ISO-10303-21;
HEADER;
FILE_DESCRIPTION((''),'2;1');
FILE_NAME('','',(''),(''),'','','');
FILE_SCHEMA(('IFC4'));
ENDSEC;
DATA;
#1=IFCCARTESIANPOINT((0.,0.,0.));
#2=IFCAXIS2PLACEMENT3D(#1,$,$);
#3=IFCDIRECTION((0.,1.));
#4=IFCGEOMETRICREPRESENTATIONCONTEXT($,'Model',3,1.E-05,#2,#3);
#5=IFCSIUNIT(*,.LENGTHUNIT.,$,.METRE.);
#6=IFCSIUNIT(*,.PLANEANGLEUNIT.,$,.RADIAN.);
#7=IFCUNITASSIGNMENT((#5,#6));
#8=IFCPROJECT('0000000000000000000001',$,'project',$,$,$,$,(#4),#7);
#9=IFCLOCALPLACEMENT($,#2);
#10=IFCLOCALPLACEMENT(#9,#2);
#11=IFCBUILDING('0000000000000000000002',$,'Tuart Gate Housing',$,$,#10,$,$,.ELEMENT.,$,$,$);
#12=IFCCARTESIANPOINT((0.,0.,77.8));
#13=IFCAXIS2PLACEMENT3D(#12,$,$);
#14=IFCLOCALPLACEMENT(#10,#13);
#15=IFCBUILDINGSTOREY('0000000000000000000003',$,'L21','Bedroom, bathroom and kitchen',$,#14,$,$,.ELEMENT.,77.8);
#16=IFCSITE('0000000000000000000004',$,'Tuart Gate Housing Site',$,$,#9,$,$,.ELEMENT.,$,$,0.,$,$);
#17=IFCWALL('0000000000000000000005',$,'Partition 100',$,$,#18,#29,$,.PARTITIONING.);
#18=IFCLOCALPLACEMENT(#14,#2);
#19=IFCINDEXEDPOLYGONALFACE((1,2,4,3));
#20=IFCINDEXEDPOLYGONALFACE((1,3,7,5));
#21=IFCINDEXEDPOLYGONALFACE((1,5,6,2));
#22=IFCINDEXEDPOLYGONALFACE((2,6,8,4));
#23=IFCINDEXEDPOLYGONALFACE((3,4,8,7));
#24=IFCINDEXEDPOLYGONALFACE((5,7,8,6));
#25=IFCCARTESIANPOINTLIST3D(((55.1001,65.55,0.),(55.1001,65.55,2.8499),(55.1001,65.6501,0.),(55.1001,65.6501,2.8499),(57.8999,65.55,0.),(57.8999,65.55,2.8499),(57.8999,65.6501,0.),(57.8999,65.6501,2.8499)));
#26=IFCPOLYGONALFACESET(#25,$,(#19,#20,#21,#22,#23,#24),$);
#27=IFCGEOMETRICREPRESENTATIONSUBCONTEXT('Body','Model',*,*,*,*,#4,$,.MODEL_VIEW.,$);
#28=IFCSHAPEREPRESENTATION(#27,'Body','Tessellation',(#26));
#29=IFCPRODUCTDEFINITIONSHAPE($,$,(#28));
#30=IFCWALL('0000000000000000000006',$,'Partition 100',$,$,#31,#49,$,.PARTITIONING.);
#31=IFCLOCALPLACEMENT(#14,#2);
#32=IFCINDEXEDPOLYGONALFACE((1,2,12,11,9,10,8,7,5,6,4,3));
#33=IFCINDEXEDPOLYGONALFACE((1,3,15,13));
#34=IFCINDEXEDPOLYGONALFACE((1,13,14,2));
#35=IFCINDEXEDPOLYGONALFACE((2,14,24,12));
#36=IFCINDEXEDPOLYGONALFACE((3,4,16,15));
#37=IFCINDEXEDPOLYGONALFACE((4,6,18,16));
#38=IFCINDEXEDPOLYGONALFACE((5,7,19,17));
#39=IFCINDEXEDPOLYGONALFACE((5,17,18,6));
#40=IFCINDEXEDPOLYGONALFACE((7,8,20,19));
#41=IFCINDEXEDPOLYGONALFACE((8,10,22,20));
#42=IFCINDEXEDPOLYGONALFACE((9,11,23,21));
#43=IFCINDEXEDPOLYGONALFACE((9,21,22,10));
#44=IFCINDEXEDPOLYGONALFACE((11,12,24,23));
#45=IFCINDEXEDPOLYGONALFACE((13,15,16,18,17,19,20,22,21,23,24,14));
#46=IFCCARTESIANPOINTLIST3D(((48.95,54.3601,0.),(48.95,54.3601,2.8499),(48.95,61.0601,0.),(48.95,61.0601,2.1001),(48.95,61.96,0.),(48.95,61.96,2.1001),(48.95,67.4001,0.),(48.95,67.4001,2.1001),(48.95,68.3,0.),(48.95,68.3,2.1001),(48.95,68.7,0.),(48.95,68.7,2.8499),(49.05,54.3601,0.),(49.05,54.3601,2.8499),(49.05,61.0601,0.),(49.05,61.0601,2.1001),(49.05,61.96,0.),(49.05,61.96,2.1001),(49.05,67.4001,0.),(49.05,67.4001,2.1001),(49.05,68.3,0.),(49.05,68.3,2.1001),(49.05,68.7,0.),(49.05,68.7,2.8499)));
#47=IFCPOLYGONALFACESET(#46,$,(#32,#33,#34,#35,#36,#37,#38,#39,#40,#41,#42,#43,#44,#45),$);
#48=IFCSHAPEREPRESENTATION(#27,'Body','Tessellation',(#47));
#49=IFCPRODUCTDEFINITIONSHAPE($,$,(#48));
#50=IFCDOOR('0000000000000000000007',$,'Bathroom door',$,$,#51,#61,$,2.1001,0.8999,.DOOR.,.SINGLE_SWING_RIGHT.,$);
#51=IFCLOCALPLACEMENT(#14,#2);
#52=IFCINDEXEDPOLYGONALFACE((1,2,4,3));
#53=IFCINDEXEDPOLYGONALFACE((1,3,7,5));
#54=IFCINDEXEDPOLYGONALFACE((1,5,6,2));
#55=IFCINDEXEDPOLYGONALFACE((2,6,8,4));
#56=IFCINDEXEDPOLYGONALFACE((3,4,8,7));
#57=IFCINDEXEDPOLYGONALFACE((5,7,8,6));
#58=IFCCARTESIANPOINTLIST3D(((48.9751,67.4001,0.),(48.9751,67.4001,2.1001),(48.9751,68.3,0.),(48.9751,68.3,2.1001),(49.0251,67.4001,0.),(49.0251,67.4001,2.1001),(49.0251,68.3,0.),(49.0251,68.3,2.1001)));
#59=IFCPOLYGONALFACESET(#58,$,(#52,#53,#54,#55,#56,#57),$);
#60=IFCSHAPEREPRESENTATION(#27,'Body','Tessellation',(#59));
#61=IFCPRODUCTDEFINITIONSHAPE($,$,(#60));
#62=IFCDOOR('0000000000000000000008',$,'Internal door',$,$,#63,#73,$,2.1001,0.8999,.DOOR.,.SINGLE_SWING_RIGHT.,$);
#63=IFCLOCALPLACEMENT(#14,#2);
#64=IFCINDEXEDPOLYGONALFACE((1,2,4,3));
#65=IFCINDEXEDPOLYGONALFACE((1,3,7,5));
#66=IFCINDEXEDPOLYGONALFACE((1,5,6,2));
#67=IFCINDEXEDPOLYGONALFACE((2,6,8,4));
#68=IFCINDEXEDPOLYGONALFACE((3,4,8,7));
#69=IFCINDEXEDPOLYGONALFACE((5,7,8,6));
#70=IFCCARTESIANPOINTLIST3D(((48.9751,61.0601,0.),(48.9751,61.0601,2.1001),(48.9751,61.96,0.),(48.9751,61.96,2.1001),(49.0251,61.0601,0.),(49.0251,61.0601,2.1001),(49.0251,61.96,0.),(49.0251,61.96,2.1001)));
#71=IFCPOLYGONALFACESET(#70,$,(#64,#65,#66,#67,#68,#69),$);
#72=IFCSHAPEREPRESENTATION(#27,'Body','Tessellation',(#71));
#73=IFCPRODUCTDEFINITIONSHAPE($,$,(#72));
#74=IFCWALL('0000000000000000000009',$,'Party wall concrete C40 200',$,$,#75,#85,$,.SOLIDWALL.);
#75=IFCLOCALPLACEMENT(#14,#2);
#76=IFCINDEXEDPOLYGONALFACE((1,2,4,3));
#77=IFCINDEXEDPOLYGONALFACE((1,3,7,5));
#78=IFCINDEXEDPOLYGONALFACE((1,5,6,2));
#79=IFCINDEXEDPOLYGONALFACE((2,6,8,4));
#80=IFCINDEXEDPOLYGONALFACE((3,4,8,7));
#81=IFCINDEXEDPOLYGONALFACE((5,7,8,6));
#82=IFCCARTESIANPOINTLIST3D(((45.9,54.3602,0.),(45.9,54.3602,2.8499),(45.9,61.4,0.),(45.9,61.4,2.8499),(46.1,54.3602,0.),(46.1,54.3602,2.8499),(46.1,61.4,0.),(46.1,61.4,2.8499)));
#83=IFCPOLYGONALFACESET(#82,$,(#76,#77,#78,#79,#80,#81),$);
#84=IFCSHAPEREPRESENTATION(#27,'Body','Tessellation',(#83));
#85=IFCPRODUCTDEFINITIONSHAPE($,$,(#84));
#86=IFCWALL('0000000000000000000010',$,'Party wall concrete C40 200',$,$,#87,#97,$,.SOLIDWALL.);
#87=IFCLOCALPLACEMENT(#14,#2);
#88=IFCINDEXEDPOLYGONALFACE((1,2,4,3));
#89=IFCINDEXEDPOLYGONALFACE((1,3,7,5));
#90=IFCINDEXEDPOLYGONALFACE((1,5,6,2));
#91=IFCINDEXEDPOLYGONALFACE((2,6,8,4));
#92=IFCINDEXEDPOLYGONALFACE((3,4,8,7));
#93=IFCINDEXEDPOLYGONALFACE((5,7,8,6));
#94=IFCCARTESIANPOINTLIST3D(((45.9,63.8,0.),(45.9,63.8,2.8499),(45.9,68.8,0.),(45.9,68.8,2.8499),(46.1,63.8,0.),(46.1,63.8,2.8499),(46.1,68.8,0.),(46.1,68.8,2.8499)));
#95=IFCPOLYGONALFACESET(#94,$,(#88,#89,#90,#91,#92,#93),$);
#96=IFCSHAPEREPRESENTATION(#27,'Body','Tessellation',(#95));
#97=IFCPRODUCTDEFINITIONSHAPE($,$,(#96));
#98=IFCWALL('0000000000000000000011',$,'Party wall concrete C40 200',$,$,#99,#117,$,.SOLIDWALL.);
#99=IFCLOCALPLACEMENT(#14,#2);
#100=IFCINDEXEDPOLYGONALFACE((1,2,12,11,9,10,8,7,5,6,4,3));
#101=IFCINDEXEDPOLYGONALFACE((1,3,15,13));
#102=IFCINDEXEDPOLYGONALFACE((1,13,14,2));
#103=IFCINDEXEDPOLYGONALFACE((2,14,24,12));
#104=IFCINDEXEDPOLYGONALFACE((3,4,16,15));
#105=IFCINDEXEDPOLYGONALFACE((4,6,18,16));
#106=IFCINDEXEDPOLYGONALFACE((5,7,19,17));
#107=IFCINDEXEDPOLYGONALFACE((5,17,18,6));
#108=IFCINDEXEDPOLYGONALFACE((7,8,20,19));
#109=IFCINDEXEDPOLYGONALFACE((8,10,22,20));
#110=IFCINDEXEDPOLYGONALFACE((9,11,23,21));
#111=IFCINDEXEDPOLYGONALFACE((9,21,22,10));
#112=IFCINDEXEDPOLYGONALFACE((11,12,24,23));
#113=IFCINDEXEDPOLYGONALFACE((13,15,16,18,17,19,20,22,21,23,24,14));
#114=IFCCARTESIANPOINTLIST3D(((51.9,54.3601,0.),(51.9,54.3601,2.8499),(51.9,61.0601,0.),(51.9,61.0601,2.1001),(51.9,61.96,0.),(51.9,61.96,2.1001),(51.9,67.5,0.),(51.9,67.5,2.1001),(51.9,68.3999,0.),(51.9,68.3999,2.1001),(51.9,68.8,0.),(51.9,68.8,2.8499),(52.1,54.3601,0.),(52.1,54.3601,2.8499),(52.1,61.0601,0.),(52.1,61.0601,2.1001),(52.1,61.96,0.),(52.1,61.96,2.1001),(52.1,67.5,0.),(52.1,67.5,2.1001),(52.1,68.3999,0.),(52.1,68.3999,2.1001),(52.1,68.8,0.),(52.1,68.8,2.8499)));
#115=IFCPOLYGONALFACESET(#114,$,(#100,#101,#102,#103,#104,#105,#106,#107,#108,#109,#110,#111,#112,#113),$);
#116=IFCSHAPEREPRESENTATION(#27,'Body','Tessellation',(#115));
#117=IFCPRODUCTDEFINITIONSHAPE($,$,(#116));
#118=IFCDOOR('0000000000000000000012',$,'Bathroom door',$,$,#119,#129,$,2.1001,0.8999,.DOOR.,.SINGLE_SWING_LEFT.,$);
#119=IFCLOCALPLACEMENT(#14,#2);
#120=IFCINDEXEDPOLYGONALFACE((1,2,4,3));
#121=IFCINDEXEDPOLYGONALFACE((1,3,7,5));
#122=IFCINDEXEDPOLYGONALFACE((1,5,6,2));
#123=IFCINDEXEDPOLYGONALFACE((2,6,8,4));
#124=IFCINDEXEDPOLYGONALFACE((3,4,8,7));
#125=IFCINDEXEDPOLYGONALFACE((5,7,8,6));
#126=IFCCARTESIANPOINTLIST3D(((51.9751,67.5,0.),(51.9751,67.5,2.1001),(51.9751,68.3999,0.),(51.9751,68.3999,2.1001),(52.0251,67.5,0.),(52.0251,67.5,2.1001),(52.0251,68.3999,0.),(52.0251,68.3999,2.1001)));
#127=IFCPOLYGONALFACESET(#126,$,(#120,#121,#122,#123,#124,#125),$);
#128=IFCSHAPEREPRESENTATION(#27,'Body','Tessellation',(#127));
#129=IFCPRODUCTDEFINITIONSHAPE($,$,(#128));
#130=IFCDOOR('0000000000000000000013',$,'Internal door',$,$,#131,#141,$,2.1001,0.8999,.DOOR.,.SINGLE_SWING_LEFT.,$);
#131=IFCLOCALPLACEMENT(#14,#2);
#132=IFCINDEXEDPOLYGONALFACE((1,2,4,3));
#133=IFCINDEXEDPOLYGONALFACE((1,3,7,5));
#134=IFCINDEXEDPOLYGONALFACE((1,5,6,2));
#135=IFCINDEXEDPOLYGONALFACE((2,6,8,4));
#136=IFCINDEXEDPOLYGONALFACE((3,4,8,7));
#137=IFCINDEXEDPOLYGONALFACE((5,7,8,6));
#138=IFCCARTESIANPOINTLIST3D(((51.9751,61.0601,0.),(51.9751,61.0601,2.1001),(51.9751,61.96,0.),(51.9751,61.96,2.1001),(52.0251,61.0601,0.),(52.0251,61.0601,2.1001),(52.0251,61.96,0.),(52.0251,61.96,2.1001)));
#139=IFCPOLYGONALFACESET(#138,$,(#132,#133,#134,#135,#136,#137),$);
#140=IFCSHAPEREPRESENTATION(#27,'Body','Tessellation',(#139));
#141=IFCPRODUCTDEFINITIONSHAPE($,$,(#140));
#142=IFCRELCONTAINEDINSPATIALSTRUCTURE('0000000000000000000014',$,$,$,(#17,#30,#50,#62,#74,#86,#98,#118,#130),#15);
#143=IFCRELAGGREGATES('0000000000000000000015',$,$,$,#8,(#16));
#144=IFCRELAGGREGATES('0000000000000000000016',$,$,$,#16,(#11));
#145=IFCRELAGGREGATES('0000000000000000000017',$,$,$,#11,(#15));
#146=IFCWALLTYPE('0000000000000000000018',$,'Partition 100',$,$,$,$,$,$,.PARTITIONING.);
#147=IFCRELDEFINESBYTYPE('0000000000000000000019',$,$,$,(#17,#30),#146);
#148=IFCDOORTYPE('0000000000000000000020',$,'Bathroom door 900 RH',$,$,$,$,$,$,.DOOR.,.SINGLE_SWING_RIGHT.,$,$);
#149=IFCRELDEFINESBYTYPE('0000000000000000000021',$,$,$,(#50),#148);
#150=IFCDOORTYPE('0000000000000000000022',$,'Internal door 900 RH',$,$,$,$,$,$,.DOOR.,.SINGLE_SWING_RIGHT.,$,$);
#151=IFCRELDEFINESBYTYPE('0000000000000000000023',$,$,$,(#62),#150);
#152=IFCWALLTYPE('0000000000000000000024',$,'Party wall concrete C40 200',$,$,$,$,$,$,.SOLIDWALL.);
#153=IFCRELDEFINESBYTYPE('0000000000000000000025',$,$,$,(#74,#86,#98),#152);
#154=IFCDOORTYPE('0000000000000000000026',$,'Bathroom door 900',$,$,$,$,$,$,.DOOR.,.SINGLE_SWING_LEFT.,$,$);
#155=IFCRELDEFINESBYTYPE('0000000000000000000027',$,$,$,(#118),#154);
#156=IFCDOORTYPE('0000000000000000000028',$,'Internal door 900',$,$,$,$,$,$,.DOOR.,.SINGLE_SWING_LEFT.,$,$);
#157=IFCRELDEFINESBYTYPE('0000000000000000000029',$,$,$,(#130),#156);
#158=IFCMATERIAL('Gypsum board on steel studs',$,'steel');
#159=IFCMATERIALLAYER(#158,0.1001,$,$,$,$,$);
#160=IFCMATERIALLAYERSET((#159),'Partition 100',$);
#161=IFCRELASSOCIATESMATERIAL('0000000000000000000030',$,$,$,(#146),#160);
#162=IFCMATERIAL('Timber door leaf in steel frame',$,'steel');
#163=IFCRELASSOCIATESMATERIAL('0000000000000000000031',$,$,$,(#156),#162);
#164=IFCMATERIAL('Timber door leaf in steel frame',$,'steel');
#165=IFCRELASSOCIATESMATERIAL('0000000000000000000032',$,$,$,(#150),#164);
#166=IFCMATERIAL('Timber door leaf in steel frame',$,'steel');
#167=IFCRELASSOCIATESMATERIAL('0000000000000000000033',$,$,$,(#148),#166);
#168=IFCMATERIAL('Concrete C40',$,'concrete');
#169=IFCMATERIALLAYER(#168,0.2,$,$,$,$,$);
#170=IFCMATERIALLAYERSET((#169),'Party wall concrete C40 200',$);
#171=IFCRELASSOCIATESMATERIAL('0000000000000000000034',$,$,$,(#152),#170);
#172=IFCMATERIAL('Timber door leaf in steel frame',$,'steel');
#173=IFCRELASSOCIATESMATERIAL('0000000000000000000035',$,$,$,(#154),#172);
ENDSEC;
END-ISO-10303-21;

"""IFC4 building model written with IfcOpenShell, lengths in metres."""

from ifc_helpers import new_model, si_unit, direction, frame, frame_2d, origin, place, context, subcontext, project, spatial, rectangle, extrude, material, layer, layer_set, type_object, element, fill, save


model = new_model("IFC4")

# Units and contexts
model_context = context("Model", 3, precision=1e-05, world=origin(), true_north=direction((0.0, 1.0)))
body_context = subcontext(model_context, "Body", "Model", "MODEL_VIEW")
ifc_project = project(units=[si_unit("LENGTHUNIT", "METRE"), si_unit("PLANEANGLEUNIT", "RADIAN")], contexts=[model_context])

# Site, building, storey
site_placement = place(None, origin())
site = spatial("IfcSite", under=ifc_project, at=site_placement, Name="Tuart Gate Housing Site", CompositionType="ELEMENT", RefElevation=0.0)
building_placement = place(site_placement, origin())
building = spatial("IfcBuilding", under=site, at=building_placement, Name="Tuart Gate Housing", CompositionType="ELEMENT")
storey_placement = place(building_placement, frame((0.0, 0.0, 77.8)))
storey = spatial("IfcBuildingStorey", under=building, at=storey_placement, Name="L21", Description="Bedroom, bathroom and kitchen", CompositionType="ELEMENT", Elevation=77.8)

# Shared definitions
ifc_material_1 = material(Name="Gypsum board on steel studs", Category="steel")
ifc_layer_1 = layer(ifc_material_1, 0.1001)
ifc_layer_set_1 = layer_set([ifc_layer_1], Name="Partition 100")
wall_type_1 = type_object("IfcWallType", Name="Partition 100", PredefinedType="PARTITIONING", material=ifc_layer_set_1)
ifc_material_2 = material(Name="Timber door leaf in steel frame", Category="steel")
door_type_1 = type_object("IfcDoorType", Name="Internal door 900", OperationType="SINGLE_SWING_LEFT", PredefinedType="DOOR", material=ifc_material_2)
ifc_material_3 = material(Name="Timber door leaf in steel frame", Category="steel")
door_type_2 = type_object("IfcDoorType", Name="Internal door 900 RH", OperationType="SINGLE_SWING_RIGHT", PredefinedType="DOOR", material=ifc_material_3)

# Wall
wall_1_placement = place(storey_placement, frame((55.1001, 65.6001, 0.0), z_axis=(0.0, 0.0, 1.0), x_axis=(1.0, 0.0, 0.0)))
element("IfcWall", 1, at=wall_1_placement, inside=storey, type_object=wall_type_1, Name="Partition 100", PredefinedType="PARTITIONING", context=body_context, shape_type="SweptSolid", body=[
    extrude(rectangle(XDim=2.7998, YDim=0.1001, at=frame_2d((1.3999, 0.0))), origin(), (0.0, 0.0, 1.0), 2.8499),
])

# Wall, openings, doors
wall_2_placement = place(storey_placement, frame((49.0, 54.3601, 0.0), z_axis=(0.0, 0.0, 1.0), x_axis=(0.0, 1.0, 0.0)))
wall_2 = element("IfcWall", 2, at=wall_2_placement, inside=storey, type_object=wall_type_1, Name="Partition 100", PredefinedType="PARTITIONING", context=body_context, shape_type="SweptSolid", body=[
    extrude(rectangle(XDim=14.3398, YDim=0.1001, at=frame_2d((7.1699, 0.0))), origin(), (0.0, 0.0, 1.0), 2.8499),
])
opening_1_placement = place(wall_2_placement, frame((6.7, 0.0, 0.0)))
opening_1 = element("IfcOpeningElement", 3, at=opening_1_placement, cuts=wall_2, PredefinedType="OPENING", context=body_context, shape_type="SweptSolid", body=[
    extrude(rectangle(XDim=0.8999, YDim=2.1001, at=frame_2d((0.45, 1.05))), frame((0.0, 0.0601, 0.0), z_axis=(0.0, -1.0, 0.0), x_axis=(1.0, 0.0, 0.0)), (0.0, 0.0, 1.0), 0.1201),
])
opening_2_placement = place(wall_2_placement, frame((13.04, 0.0, 0.0)))
opening_2 = element("IfcOpeningElement", 4, at=opening_2_placement, cuts=wall_2, PredefinedType="OPENING", context=body_context, shape_type="SweptSolid", body=[
    extrude(rectangle(XDim=0.8999, YDim=2.1001, at=frame_2d((0.45, 1.05))), frame((0.0, 0.0601, 0.0), z_axis=(0.0, -1.0, 0.0), x_axis=(1.0, 0.0, 0.0)), (0.0, 0.0, 1.0), 0.1201),
])
ifc_material_4 = material(Name="Timber door leaf in steel frame", Category="steel")
door_type_3 = type_object("IfcDoorType", Name="Bathroom door 900 RH", OperationType="SINGLE_SWING_RIGHT", PredefinedType="DOOR", material=ifc_material_4)
door_1_placement = place(opening_2_placement, origin())
door_1 = element("IfcDoor", 5, at=door_1_placement, inside=storey, type_object=door_type_3, Name="Bathroom door", OperationType="SINGLE_SWING_RIGHT", OverallHeight=2.1001, OverallWidth=0.8999, PredefinedType="DOOR", context=body_context, shape_type="SweptSolid", body=[
    extrude(rectangle(XDim=0.8999, YDim=2.1001, at=frame_2d((0.45, 1.05))), frame((0.0, 0.0249, 0.0), z_axis=(0.0, -1.0, 0.0), x_axis=(1.0, 0.0, 0.0)), (0.0, 0.0, 1.0), 0.05),
])
fill(opening_2, door_1)
door_2_placement = place(opening_1_placement, origin())
door_2 = element("IfcDoor", 6, at=door_2_placement, inside=storey, type_object=door_type_2, Name="Internal door", OperationType="SINGLE_SWING_RIGHT", OverallHeight=2.1001, OverallWidth=0.8999, PredefinedType="DOOR", context=body_context, shape_type="SweptSolid", body=[
    extrude(rectangle(XDim=0.8999, YDim=2.1001, at=frame_2d((0.45, 1.05))), frame((0.0, 0.0249, 0.0), z_axis=(0.0, -1.0, 0.0), x_axis=(1.0, 0.0, 0.0)), (0.0, 0.0, 1.0), 0.05),
])
fill(opening_1, door_2)

# Walls
ifc_material_5 = material(Name="Concrete C40", Category="concrete")
ifc_layer_2 = layer(ifc_material_5, 0.2)
ifc_layer_set_2 = layer_set([ifc_layer_2], Name="Party wall concrete C40 200")
wall_type_2 = type_object("IfcWallType", Name="Party wall concrete C40 200", PredefinedType="SOLIDWALL", material=ifc_layer_set_2)
wall_3_placement = place(storey_placement, frame((46.0, 54.3601, 0.0), z_axis=(0.0, 0.0, 1.0), x_axis=(0.0, 1.0, 0.0)))
element("IfcWall", 7, at=wall_3_placement, inside=storey, type_object=wall_type_2, Name="Party wall concrete C40 200", PredefinedType="SOLIDWALL", context=body_context, shape_type="SweptSolid", body=[
    extrude(rectangle(XDim=7.0398, YDim=0.2, at=frame_2d((3.52, 0.0))), origin(), (0.0, 0.0, 1.0), 2.8499),
])
wall_4_placement = place(storey_placement, frame((46.0, 63.8, 0.0), z_axis=(0.0, 0.0, 1.0), x_axis=(0.0, 1.0, 0.0)))
element("IfcWall", 8, at=wall_4_placement, inside=storey, type_object=wall_type_2, Name="Party wall concrete C40 200", PredefinedType="SOLIDWALL", context=body_context, shape_type="SweptSolid", body=[
    extrude(rectangle(XDim=5.0, YDim=0.2, at=frame_2d((2.5, 0.0))), origin(), (0.0, 0.0, 1.0), 2.8499),
])

# Wall, openings, doors
wall_5_placement = place(storey_placement, frame((52.0, 54.3601, 0.0), z_axis=(0.0, 0.0, 1.0), x_axis=(0.0, 1.0, 0.0)))
wall_5 = element("IfcWall", 9, at=wall_5_placement, inside=storey, type_object=wall_type_2, Name="Party wall concrete C40 200", PredefinedType="SOLIDWALL", context=body_context, shape_type="SweptSolid", body=[
    extrude(rectangle(XDim=14.4399, YDim=0.2, at=frame_2d((7.22, 0.0))), origin(), (0.0, 0.0, 1.0), 2.8499),
])
opening_3_placement = place(wall_5_placement, frame((6.7, 0.0, 0.0)))
opening_3 = element("IfcOpeningElement", 10, at=opening_3_placement, cuts=wall_5, PredefinedType="OPENING", context=body_context, shape_type="SweptSolid", body=[
    extrude(rectangle(XDim=0.8999, YDim=2.1001, at=frame_2d((0.45, 1.05))), frame((0.0, 0.1099, 0.0), z_axis=(0.0, -1.0, 0.0), x_axis=(1.0, 0.0, 0.0)), (0.0, 0.0, 1.0), 0.22),
])
opening_4_placement = place(wall_5_placement, frame((13.1399, 0.0, 0.0)))
opening_4 = element("IfcOpeningElement", 11, at=opening_4_placement, cuts=wall_5, PredefinedType="OPENING", context=body_context, shape_type="SweptSolid", body=[
    extrude(rectangle(XDim=0.8999, YDim=2.1001, at=frame_2d((0.45, 1.05))), frame((0.0, 0.1099, 0.0), z_axis=(0.0, -1.0, 0.0), x_axis=(1.0, 0.0, 0.0)), (0.0, 0.0, 1.0), 0.22),
])
ifc_material_6 = material(Name="Timber door leaf in steel frame", Category="steel")
door_type_4 = type_object("IfcDoorType", Name="Bathroom door 900", OperationType="SINGLE_SWING_LEFT", PredefinedType="DOOR", material=ifc_material_6)
door_3_placement = place(opening_4_placement, frame((0.8999, 0.0, 0.0), z_axis=(0.0, 0.0, 1.0), x_axis=(-1.0, 0.0, 0.0)))
door_3 = element("IfcDoor", 12, at=door_3_placement, inside=storey, type_object=door_type_4, Name="Bathroom door", OperationType="SINGLE_SWING_LEFT", OverallHeight=2.1001, OverallWidth=0.8999, PredefinedType="DOOR", context=body_context, shape_type="SweptSolid", body=[
    extrude(rectangle(XDim=0.8999, YDim=2.1001, at=frame_2d((0.45, 1.05))), frame((0.0, 0.0251, 0.0), z_axis=(0.0, -1.0, 0.0), x_axis=(1.0, 0.0, 0.0)), (0.0, 0.0, 1.0), 0.05),
])
fill(opening_4, door_3)
door_4_placement = place(opening_3_placement, frame((0.8999, 0.0, 0.0), z_axis=(0.0, 0.0, 1.0), x_axis=(-1.0, 0.0, 0.0)))
door_4 = element("IfcDoor", 13, at=door_4_placement, inside=storey, type_object=door_type_1, Name="Internal door", OperationType="SINGLE_SWING_LEFT", OverallHeight=2.1001, OverallWidth=0.8999, PredefinedType="DOOR", context=body_context, shape_type="SweptSolid", body=[
    extrude(rectangle(XDim=0.8999, YDim=2.1001, at=frame_2d((0.45, 1.05))), frame((0.0, 0.0251, 0.0), z_axis=(0.0, -1.0, 0.0), x_axis=(1.0, 0.0, 0.0)), (0.0, 0.0, 1.0), 0.05),
])
fill(opening_3, door_4)

save(model, "model.ifc")
